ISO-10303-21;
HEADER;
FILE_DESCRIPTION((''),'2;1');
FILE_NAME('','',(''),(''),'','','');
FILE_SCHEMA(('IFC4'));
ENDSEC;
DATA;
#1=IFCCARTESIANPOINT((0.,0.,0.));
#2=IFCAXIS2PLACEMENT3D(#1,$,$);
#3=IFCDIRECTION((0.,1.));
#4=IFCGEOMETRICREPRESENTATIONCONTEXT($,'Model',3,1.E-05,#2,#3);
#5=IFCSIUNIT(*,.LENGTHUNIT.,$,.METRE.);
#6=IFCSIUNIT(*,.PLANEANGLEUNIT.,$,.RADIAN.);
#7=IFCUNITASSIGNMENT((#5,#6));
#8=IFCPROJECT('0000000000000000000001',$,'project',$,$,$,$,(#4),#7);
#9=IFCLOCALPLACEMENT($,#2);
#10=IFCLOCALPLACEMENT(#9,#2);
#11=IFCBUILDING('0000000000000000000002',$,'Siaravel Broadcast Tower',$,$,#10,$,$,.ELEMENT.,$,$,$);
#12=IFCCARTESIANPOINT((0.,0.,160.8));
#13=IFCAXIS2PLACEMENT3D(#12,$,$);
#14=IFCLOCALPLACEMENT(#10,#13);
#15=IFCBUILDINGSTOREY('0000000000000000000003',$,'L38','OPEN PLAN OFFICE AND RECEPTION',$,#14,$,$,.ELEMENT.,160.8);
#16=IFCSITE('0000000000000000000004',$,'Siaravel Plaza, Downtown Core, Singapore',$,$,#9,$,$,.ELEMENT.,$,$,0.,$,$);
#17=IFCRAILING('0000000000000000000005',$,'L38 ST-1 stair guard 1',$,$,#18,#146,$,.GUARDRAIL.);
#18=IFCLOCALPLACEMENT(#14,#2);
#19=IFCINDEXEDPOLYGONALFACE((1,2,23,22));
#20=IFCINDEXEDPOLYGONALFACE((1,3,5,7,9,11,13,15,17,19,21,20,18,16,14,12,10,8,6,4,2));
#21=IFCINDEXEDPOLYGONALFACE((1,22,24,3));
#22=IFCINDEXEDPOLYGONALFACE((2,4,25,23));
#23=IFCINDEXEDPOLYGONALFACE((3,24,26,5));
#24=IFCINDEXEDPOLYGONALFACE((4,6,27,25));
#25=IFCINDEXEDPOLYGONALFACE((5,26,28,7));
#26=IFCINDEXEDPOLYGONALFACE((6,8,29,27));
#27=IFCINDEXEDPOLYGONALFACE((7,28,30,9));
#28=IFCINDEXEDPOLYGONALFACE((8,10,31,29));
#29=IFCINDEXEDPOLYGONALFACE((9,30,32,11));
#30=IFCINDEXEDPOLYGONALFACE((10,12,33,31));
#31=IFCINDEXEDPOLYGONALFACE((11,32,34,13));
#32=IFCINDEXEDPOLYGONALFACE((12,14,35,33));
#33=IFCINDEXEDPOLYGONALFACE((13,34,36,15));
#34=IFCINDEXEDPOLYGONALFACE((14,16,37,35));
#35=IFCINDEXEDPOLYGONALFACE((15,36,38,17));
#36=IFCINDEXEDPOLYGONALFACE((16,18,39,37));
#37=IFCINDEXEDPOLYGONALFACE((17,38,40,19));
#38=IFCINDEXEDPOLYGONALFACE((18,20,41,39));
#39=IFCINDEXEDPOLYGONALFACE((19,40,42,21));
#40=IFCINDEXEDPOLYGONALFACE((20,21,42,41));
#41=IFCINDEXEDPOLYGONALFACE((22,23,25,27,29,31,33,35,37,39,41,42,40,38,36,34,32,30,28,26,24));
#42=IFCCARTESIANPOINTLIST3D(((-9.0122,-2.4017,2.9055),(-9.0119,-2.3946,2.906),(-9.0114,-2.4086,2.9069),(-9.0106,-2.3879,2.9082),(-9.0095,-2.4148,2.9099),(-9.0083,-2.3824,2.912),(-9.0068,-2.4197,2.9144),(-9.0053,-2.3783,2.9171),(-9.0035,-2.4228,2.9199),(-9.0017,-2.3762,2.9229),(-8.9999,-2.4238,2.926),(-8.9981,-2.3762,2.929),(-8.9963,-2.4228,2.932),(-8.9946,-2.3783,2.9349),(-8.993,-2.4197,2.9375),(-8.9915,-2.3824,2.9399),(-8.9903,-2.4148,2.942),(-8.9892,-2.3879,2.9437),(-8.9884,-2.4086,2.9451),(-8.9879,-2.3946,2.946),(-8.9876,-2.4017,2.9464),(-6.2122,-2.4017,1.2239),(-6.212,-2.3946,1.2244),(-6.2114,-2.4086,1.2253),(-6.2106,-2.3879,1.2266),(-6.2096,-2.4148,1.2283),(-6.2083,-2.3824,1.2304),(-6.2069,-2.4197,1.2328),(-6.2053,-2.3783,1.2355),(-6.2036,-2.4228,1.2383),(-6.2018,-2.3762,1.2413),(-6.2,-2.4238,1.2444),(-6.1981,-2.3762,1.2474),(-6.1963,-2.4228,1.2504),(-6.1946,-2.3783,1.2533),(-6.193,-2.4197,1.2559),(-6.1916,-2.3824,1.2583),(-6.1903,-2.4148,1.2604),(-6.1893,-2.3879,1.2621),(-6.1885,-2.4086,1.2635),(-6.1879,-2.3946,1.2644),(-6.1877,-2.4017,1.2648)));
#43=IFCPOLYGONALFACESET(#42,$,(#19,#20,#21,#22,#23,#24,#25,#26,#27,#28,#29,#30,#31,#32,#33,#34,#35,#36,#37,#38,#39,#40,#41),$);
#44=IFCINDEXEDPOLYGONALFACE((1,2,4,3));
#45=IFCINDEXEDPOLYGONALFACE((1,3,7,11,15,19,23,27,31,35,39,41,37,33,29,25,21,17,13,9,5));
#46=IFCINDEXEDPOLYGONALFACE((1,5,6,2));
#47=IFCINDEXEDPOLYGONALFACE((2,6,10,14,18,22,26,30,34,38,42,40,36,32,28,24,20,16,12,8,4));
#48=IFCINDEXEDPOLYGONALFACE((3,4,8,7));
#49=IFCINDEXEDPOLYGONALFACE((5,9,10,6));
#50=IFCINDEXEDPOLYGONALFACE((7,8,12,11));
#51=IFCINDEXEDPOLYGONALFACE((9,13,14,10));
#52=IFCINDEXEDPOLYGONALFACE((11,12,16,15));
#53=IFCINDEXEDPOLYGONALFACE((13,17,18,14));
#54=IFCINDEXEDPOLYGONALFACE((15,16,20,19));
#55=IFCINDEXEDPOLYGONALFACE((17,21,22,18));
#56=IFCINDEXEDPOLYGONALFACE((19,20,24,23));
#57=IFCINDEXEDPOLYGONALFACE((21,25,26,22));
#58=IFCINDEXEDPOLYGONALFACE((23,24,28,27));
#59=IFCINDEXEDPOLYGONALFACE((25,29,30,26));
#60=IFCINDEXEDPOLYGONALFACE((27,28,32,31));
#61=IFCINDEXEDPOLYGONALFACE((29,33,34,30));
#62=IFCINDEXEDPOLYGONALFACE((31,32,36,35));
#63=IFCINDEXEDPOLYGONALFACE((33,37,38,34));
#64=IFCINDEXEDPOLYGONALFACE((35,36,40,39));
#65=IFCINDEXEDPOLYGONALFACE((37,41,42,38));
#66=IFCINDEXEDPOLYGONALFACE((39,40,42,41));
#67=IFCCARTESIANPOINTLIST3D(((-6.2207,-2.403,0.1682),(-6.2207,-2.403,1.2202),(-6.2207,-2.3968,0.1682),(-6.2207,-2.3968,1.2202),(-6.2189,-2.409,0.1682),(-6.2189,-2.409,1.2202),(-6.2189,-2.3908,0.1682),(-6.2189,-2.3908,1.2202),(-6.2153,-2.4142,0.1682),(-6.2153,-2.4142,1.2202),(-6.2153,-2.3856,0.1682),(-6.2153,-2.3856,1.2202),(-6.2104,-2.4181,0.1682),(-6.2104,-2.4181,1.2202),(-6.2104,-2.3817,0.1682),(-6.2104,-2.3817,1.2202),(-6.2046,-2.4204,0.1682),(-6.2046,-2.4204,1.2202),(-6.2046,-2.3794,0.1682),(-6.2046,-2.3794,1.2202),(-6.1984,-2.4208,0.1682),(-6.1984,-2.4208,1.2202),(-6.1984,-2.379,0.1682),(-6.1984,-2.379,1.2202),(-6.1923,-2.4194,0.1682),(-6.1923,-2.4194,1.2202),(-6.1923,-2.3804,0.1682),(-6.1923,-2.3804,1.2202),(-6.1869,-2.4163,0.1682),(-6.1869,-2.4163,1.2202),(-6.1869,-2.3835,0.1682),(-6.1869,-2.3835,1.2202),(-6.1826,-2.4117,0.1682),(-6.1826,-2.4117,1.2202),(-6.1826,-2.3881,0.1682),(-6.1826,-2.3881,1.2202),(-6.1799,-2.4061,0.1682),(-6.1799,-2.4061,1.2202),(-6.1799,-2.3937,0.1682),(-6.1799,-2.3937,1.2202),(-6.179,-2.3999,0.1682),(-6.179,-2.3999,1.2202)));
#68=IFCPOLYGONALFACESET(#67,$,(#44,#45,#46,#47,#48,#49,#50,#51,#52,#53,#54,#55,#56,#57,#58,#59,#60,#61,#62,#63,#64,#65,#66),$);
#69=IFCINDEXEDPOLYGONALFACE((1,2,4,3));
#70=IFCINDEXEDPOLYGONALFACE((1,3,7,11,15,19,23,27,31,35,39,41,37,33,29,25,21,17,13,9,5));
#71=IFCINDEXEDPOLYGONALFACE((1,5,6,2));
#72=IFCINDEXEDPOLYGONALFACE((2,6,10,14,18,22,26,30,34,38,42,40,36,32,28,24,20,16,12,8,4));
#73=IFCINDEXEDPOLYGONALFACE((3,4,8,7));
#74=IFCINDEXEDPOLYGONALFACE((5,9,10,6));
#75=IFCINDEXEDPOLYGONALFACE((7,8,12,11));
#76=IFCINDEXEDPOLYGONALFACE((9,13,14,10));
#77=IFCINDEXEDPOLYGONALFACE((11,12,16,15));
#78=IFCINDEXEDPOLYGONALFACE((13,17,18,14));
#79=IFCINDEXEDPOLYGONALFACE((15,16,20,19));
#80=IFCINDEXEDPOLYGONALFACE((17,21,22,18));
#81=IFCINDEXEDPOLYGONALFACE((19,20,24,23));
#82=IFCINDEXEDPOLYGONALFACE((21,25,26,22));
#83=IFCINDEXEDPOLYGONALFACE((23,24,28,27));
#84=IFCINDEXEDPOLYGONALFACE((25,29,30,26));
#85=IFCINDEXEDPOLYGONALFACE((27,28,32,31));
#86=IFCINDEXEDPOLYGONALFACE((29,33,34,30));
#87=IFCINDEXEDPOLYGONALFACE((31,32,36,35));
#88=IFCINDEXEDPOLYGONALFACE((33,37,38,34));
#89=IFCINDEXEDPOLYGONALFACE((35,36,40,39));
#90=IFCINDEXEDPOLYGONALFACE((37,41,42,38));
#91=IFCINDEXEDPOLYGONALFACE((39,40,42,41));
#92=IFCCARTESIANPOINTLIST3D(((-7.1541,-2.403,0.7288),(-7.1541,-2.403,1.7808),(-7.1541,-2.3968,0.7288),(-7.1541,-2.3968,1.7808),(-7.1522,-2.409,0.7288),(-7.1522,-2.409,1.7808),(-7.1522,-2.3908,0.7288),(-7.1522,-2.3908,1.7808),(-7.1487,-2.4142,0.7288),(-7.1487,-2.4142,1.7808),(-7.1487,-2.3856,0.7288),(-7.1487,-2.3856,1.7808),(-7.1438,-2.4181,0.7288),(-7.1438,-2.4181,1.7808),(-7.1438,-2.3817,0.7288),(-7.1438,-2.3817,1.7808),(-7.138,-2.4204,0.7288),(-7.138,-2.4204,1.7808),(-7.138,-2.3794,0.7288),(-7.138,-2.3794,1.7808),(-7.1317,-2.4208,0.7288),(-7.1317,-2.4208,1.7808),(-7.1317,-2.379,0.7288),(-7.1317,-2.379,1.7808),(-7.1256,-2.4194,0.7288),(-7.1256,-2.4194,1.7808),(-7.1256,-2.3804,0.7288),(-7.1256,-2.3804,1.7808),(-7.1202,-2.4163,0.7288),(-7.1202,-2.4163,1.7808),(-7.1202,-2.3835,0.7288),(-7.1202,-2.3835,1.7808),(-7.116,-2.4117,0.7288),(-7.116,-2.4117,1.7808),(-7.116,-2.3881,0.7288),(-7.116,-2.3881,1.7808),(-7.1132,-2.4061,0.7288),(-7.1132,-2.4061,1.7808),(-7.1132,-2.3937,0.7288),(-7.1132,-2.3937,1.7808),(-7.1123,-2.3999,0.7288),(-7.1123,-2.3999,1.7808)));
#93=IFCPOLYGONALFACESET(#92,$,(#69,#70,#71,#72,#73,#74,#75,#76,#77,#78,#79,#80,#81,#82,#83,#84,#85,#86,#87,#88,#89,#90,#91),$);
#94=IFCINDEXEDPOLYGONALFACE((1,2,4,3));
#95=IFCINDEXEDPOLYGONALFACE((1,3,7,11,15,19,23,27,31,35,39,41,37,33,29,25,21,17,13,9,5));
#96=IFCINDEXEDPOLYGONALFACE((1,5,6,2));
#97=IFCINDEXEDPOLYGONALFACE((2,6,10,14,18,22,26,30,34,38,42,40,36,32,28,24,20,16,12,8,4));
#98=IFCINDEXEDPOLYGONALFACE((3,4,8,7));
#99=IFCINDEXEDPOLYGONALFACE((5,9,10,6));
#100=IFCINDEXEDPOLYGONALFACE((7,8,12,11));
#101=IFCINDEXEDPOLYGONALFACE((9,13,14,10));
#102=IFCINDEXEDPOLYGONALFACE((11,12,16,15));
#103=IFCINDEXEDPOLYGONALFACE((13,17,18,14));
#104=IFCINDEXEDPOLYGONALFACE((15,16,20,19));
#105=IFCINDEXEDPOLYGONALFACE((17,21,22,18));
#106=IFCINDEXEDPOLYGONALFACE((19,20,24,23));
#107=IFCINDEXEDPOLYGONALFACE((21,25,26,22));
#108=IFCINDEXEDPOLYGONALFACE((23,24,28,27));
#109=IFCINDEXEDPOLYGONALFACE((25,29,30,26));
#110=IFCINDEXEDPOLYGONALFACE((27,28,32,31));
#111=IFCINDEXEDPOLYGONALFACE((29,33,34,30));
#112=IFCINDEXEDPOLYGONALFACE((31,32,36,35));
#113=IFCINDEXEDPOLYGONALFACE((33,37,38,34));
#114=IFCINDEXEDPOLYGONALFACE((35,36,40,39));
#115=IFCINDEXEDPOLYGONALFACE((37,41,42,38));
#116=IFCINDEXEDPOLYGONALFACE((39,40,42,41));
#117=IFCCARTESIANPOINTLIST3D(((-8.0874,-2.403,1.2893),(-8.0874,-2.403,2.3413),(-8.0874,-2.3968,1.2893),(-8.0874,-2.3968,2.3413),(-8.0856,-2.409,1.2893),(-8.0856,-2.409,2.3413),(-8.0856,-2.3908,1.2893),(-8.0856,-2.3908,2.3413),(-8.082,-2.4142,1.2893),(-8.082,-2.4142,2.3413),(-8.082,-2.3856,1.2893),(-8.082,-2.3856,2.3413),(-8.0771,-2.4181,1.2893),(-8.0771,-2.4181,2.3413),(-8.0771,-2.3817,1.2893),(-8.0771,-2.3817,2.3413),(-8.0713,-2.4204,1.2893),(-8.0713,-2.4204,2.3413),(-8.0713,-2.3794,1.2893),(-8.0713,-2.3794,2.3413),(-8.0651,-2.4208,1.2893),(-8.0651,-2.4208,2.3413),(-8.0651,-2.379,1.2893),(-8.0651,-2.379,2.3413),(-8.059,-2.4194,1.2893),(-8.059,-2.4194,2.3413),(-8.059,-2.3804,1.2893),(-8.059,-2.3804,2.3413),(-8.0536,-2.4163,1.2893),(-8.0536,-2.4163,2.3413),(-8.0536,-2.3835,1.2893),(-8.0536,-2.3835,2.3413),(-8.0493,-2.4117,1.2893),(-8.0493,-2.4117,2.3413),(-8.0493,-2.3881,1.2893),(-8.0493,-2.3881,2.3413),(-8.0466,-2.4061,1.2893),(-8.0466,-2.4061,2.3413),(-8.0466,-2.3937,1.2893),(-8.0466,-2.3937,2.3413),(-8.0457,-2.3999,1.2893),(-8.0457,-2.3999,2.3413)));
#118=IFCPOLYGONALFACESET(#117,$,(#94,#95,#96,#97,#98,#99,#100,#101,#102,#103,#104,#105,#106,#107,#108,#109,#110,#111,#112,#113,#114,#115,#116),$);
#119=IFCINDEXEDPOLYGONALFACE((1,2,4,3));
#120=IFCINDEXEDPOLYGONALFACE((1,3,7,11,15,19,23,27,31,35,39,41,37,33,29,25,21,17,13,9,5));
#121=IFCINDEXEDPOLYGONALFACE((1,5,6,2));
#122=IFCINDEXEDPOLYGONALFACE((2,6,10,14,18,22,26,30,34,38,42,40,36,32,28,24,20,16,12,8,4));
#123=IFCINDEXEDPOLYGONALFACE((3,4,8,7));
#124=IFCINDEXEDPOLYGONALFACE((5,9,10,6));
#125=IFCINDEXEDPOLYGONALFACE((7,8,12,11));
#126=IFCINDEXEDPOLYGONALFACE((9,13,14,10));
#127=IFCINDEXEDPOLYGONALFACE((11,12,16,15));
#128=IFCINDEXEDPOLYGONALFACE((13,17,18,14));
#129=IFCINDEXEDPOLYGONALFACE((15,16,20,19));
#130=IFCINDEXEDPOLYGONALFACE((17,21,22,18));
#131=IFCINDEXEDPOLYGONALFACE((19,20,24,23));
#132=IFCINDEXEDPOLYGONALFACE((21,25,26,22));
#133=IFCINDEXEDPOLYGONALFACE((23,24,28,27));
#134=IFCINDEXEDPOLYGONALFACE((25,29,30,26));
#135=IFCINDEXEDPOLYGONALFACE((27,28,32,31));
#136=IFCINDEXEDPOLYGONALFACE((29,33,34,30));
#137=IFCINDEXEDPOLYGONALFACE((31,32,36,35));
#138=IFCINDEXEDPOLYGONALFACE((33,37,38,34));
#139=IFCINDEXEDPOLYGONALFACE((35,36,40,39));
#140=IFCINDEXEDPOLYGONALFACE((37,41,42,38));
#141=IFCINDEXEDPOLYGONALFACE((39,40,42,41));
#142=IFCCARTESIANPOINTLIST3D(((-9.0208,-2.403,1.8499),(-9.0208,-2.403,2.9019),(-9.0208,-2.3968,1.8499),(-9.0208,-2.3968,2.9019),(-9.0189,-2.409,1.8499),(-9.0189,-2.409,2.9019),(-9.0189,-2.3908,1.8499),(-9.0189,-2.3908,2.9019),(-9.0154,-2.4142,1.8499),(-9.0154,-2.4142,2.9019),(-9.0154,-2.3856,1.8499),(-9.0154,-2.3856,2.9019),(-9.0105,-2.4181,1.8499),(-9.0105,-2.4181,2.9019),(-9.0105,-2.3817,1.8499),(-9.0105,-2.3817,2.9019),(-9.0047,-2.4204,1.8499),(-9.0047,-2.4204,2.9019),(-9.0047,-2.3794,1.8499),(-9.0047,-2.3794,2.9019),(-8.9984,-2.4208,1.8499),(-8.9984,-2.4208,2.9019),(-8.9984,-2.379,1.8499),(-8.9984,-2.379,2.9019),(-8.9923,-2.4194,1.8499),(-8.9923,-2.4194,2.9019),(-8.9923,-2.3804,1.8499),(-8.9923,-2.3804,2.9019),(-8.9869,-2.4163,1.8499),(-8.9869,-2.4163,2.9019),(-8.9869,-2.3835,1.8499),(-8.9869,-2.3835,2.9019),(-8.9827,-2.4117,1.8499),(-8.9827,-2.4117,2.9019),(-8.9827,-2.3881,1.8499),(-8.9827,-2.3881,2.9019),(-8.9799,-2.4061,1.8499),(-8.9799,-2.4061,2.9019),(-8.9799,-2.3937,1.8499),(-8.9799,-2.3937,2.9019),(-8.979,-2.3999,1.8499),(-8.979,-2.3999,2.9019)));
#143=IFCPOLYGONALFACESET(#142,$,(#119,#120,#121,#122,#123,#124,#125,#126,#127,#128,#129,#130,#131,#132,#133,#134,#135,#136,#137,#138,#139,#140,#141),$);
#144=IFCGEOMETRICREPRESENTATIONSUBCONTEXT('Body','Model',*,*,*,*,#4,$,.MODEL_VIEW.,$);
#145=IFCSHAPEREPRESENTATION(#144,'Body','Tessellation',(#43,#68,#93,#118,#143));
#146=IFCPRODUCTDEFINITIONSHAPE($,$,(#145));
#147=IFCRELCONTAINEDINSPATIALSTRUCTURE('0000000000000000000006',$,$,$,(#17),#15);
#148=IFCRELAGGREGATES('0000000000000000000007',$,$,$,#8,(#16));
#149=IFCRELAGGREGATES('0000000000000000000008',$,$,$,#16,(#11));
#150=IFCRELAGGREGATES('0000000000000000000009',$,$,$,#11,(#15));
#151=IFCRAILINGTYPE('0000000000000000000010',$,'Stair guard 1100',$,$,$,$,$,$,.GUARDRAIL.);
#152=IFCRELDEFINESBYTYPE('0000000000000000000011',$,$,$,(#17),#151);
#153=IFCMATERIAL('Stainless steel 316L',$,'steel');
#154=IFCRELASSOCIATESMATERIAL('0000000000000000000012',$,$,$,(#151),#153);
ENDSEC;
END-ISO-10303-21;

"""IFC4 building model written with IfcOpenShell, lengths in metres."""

from ifc_helpers import new_model, si_unit, direction, frame, origin, origin_2d, place, context, subcontext, project, spatial, circle, extrude, material, type_object, element, save


model = new_model("IFC4")

# Units and contexts
model_context = context("Model", 3, precision=1e-05, world=origin(), true_north=direction((0.0, 1.0)))
body_context = subcontext(model_context, "Body", "Model", "MODEL_VIEW")
ifc_project = project(units=[si_unit("LENGTHUNIT", "METRE"), si_unit("PLANEANGLEUNIT", "RADIAN")], contexts=[model_context])

# Site, building, storey
site_placement = place(None, origin())
site = spatial("IfcSite", under=ifc_project, at=site_placement, Name="Siaravel Plaza, Downtown Core, Singapore", CompositionType="ELEMENT", RefElevation=0.0)
building_placement = place(site_placement, origin())
building = spatial("IfcBuilding", under=site, at=building_placement, Name="Siaravel Broadcast Tower", CompositionType="ELEMENT")
storey_placement = place(building_placement, frame((0.0, 0.0, 160.8)))
storey = spatial("IfcBuildingStorey", under=building, at=storey_placement, Name="L38", Description="OPEN PLAN OFFICE AND RECEPTION", CompositionType="ELEMENT", Elevation=160.8)

# Shared definitions
ifc_material_1 = material(Name="Stainless steel 316L", Category="steel")

# Railing
railing_type_1 = type_object("IfcRailingType", Name="Stair guard 1100", PredefinedType="GUARDRAIL", material=ifc_material_1)
railing_1_placement = place(storey_placement, frame((-6.2, -2.3999, 0.1682)))
element("IfcRailing", 1, at=railing_1_placement, inside=storey, type_object=railing_type_1, Name="L38 ST-1 stair guard 1", PredefinedType="GUARDRAIL", context=body_context, shape_type="SweptSolid", body=[
    extrude(circle(Radius=0.0239, at=origin_2d()), frame((0.0, 0.0, 1.0762), z_axis=(-0.857275, 0.0, 0.514858), x_axis=(0.0, -1.0, 0.0)), (0.0, 0.0, 1.0), 3.2661),
    extrude(circle(Radius=0.021, at=origin_2d()), origin(), (0.0, 0.0, 1.0), 1.052),
    extrude(circle(Radius=0.021, at=origin_2d()), frame((-0.9333, 0.0, 0.5605)), (0.0, 0.0, 1.0), 1.052),
    extrude(circle(Radius=0.021, at=origin_2d()), frame((-1.8667, 0.0, 1.1211)), (0.0, 0.0, 1.0), 1.052),
    extrude(circle(Radius=0.021, at=origin_2d()), frame((-2.8, 0.0, 1.6816)), (0.0, 0.0, 1.0), 1.052),
])

save(model, "model.ifc")
